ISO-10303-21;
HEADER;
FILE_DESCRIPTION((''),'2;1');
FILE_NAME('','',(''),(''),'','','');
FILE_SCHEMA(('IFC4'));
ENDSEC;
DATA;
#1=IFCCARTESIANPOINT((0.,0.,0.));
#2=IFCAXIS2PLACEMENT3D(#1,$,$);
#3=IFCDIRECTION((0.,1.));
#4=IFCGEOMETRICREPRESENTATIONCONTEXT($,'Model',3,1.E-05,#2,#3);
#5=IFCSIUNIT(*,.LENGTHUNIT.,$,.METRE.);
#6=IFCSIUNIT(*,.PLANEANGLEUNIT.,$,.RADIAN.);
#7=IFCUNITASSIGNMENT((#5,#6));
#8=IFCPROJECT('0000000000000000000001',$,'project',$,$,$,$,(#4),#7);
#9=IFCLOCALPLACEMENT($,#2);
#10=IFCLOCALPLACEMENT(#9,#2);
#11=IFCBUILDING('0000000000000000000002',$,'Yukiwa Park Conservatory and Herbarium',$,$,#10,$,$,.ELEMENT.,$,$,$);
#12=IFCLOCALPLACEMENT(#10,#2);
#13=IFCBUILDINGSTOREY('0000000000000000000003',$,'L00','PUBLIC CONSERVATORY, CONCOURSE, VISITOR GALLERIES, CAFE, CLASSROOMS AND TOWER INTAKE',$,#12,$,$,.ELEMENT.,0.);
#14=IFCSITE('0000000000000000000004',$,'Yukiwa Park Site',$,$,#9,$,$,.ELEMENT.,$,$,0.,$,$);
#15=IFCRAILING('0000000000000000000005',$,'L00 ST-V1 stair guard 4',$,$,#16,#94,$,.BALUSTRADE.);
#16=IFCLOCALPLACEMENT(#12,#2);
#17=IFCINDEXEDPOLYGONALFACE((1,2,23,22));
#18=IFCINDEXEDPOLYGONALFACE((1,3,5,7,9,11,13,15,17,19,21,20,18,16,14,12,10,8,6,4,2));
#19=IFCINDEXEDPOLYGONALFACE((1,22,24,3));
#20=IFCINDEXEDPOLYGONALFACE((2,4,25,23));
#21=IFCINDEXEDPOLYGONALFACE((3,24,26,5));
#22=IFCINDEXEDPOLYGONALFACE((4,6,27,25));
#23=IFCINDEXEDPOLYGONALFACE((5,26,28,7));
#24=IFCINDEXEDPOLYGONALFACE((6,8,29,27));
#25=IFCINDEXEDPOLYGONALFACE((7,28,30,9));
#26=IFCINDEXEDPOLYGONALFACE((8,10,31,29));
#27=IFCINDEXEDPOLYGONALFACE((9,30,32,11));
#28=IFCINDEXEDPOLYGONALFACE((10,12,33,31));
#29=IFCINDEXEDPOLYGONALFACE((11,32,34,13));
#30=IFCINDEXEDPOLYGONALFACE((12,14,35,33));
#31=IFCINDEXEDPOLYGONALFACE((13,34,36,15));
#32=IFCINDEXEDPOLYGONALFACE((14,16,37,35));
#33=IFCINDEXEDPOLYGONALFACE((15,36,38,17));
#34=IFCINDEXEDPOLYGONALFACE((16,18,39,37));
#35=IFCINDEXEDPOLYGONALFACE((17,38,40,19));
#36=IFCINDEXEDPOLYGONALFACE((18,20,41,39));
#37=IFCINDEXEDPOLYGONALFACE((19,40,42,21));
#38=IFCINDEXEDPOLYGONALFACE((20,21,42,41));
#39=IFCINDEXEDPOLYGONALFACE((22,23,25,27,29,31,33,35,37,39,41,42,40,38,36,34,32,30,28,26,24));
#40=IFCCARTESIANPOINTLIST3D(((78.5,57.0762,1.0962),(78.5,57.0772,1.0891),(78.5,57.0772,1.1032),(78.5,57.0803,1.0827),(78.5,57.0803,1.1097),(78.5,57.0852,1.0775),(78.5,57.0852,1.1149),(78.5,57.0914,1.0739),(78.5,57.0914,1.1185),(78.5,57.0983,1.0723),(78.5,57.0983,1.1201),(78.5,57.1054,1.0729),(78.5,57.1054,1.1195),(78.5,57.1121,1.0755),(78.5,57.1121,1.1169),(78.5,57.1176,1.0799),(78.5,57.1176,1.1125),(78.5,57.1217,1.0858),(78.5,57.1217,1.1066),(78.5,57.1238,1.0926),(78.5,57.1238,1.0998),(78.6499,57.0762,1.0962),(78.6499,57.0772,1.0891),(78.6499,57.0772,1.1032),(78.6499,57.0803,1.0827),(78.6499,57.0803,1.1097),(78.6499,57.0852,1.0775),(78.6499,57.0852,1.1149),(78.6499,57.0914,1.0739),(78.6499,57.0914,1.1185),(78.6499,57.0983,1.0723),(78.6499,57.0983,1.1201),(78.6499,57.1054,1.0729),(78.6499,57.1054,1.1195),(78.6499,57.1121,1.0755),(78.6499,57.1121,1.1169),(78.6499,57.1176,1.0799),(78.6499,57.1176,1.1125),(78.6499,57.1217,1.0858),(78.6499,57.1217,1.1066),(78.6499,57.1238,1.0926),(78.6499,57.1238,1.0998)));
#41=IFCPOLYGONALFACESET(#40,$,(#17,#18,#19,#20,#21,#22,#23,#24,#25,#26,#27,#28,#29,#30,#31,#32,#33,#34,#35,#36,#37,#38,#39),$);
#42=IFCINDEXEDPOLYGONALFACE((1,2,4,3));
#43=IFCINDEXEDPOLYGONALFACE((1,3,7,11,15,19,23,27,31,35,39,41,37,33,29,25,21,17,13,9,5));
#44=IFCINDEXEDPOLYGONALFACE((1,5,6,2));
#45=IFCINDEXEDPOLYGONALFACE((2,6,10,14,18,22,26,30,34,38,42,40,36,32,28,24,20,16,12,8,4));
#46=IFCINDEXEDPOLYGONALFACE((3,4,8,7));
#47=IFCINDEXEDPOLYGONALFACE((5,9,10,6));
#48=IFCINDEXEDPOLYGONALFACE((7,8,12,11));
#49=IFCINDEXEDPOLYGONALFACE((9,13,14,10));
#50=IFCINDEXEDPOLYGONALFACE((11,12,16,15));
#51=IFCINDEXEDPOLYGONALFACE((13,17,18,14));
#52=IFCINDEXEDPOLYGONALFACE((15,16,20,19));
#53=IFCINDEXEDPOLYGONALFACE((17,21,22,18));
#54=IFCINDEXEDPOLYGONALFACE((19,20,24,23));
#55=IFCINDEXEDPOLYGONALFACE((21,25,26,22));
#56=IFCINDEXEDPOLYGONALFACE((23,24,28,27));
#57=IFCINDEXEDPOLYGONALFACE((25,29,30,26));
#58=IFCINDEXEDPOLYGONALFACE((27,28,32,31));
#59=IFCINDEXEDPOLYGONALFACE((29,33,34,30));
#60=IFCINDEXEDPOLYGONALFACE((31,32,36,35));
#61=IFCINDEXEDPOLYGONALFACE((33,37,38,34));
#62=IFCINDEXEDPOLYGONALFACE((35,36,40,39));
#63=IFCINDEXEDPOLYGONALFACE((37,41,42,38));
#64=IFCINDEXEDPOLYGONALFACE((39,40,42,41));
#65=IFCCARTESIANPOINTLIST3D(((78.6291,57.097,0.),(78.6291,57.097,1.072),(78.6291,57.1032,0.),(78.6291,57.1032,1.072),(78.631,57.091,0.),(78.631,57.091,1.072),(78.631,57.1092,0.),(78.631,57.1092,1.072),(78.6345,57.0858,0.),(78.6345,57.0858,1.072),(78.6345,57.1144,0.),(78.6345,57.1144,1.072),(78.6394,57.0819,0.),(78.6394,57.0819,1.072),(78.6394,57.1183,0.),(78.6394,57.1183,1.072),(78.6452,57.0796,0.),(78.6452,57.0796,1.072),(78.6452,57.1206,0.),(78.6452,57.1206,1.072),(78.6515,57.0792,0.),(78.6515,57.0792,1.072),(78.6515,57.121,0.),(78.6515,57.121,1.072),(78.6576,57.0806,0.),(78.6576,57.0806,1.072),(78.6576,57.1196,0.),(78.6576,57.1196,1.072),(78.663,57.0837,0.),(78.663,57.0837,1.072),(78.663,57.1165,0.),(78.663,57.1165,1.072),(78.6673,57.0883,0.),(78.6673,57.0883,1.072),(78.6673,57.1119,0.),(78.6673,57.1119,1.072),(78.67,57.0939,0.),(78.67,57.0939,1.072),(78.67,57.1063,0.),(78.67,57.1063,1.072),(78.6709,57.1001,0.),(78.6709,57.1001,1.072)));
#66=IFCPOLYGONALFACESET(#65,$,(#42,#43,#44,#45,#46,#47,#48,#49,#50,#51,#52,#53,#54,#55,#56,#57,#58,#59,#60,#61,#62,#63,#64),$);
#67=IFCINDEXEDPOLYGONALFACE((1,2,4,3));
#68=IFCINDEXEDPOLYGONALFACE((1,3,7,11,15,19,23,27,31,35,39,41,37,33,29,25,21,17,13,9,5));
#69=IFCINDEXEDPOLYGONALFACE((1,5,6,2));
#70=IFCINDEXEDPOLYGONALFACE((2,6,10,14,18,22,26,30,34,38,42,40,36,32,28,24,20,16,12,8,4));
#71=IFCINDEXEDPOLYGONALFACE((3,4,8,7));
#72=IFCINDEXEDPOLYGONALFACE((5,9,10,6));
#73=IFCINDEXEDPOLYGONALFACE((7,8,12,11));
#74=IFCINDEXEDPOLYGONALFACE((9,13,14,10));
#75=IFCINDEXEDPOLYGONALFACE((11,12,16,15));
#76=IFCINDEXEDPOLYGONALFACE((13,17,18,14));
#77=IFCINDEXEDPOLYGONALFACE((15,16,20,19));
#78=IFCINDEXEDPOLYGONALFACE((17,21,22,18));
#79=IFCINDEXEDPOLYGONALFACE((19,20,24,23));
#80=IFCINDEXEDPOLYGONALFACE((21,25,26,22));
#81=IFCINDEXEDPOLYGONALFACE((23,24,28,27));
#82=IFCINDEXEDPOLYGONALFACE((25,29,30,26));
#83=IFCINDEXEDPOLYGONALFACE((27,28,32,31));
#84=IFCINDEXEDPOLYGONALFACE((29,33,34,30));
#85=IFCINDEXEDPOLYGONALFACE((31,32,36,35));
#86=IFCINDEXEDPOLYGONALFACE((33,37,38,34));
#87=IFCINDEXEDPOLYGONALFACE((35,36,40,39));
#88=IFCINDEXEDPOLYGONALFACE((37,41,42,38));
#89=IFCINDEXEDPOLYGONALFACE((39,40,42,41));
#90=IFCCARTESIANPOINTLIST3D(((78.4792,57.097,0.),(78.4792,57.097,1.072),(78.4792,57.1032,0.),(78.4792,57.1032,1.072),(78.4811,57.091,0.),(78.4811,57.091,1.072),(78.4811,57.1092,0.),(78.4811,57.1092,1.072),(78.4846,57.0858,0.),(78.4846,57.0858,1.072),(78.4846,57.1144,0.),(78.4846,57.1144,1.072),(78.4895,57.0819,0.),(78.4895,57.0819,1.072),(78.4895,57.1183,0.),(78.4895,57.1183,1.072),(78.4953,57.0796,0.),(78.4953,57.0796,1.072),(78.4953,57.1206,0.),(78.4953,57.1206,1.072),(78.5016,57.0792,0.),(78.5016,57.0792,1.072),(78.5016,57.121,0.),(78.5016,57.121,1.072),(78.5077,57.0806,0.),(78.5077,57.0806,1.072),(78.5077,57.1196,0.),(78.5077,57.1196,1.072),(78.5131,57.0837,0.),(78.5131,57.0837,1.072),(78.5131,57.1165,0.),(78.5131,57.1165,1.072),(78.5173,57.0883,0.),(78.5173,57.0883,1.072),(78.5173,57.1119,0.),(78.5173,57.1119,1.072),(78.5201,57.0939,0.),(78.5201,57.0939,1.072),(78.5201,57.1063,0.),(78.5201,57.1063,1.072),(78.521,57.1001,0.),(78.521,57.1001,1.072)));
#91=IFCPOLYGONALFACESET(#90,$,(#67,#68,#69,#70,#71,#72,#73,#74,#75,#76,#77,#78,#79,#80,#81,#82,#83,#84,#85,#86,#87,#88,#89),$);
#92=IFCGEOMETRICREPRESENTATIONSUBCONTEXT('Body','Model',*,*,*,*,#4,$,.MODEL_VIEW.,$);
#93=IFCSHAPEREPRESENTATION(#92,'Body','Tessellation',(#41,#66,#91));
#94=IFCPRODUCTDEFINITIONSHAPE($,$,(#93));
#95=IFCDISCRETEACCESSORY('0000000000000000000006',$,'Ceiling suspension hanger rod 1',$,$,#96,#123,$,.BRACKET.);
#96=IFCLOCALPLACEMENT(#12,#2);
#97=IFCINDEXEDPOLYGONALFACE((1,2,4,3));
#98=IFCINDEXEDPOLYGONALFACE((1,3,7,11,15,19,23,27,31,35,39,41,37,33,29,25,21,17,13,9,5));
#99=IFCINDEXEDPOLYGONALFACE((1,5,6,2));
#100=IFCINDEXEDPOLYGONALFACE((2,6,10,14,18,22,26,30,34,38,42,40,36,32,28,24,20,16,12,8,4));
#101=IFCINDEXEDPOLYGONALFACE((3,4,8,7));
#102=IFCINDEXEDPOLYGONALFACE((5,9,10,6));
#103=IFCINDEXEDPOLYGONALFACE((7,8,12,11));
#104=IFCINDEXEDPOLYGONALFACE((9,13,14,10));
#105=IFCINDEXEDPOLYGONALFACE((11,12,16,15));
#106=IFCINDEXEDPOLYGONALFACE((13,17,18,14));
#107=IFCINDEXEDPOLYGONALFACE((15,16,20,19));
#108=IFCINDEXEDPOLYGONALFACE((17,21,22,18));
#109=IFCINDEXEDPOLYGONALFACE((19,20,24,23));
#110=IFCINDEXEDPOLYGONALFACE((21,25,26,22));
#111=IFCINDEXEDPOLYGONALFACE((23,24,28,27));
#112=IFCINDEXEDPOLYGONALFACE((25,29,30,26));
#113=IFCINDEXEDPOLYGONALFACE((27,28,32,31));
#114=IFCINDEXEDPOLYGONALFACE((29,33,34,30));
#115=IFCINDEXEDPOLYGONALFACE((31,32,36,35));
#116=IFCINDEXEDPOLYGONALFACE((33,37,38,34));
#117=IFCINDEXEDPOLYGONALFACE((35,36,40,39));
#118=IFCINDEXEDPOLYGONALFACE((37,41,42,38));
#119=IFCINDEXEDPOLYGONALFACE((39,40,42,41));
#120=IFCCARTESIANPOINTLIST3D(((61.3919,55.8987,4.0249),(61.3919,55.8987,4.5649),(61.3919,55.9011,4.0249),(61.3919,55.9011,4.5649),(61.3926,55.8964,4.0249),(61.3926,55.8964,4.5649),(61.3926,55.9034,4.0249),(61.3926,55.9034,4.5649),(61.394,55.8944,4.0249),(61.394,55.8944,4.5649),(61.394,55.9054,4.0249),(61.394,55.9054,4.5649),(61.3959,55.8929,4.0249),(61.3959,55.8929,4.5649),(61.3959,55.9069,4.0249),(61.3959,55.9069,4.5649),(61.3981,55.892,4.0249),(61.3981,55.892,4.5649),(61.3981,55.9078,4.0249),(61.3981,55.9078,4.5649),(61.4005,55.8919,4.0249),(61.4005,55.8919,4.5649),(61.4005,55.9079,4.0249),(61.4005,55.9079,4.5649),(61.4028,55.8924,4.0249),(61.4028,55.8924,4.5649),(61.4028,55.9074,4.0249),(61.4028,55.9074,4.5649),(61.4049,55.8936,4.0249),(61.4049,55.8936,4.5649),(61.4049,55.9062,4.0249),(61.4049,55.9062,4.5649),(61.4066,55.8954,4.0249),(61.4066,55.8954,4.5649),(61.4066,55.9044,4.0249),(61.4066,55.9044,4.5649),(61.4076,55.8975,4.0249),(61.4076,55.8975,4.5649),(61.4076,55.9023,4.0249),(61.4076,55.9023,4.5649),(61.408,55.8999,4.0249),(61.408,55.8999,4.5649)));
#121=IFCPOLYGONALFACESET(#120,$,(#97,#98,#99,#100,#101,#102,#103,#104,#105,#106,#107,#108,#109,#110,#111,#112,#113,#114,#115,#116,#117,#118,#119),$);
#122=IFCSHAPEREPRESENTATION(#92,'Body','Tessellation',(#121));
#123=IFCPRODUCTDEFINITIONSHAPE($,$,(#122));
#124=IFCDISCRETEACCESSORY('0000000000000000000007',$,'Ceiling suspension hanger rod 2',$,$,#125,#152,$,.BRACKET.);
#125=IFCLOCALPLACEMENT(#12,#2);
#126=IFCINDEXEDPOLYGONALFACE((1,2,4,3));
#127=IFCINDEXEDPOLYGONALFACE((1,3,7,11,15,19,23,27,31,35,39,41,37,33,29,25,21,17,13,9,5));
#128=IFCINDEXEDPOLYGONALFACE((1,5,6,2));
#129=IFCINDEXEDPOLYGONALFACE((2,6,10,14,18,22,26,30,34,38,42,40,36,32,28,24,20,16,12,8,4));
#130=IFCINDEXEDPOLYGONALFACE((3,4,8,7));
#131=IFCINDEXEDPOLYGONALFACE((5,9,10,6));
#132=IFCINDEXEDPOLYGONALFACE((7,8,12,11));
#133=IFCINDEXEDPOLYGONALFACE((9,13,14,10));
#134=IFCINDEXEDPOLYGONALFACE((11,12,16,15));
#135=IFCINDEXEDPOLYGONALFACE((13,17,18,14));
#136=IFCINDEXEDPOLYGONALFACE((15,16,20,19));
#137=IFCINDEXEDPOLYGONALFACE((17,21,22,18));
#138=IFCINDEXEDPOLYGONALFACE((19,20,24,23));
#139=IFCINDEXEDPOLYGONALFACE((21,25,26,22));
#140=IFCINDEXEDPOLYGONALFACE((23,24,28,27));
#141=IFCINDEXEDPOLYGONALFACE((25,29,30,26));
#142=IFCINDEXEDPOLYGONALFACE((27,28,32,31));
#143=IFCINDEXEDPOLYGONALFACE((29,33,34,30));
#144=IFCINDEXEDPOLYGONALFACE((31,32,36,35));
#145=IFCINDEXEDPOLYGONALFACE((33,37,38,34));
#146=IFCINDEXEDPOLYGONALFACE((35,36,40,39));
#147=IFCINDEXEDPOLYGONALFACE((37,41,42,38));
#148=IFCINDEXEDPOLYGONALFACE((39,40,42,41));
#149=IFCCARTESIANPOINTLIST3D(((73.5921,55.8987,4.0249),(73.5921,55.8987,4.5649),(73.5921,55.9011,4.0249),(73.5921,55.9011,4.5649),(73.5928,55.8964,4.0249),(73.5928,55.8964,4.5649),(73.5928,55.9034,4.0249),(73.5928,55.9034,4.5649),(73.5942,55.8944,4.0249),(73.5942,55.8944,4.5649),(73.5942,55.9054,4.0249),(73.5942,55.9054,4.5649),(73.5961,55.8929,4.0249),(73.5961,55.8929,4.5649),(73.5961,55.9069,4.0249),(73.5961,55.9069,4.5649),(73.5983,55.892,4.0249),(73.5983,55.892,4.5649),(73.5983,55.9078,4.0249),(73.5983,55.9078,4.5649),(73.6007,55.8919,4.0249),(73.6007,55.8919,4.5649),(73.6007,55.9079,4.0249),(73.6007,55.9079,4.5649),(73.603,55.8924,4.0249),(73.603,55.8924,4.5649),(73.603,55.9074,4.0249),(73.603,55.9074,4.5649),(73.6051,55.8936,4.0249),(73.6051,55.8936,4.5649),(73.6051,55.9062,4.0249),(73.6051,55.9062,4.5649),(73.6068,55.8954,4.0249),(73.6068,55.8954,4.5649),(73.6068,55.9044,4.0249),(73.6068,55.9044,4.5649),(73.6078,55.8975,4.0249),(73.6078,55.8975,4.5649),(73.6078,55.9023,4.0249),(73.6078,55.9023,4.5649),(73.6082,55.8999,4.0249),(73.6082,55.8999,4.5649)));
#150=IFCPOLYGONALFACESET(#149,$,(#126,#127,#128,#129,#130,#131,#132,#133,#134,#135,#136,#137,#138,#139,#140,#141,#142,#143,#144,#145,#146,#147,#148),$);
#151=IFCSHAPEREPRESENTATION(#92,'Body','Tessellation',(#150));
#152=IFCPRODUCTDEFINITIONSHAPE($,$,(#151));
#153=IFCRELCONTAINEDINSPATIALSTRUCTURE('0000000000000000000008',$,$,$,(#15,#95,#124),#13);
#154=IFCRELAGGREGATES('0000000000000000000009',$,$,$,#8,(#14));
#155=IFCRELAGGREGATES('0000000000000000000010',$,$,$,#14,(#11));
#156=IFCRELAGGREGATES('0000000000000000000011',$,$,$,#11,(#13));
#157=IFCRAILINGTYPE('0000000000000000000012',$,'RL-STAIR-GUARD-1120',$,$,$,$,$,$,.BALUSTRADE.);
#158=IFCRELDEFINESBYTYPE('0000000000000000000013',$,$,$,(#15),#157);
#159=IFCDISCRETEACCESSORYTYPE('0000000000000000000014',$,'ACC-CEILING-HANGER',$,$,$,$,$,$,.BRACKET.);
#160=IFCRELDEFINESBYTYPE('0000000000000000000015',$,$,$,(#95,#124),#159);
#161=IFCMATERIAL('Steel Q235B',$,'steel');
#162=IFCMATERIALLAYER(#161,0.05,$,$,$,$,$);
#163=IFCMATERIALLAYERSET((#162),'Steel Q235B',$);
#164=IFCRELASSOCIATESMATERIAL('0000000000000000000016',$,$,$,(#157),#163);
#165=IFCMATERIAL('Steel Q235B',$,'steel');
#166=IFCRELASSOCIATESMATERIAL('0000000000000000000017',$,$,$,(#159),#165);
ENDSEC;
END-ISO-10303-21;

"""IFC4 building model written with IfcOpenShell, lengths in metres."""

from ifc_helpers import new_model, si_unit, direction, frame, origin, origin_2d, place, context, subcontext, project, spatial, circle, extrude, material, layer, layer_set, type_object, element, save


model = new_model("IFC4")

# Units and contexts
model_context = context("Model", 3, precision=1e-05, world=origin(), true_north=direction((0.0, 1.0)))
body_context = subcontext(model_context, "Body", "Model", "MODEL_VIEW")
ifc_project = project(units=[si_unit("LENGTHUNIT", "METRE"), si_unit("PLANEANGLEUNIT", "RADIAN")], contexts=[model_context])

# Site, building, storey
site_placement = place(None, origin())
site = spatial("IfcSite", under=ifc_project, at=site_placement, Name="Yukiwa Park Site", CompositionType="ELEMENT", RefElevation=0.0)
building_placement = place(site_placement, origin())
building = spatial("IfcBuilding", under=site, at=building_placement, Name="Yukiwa Park Conservatory and Herbarium", CompositionType="ELEMENT")
storey_placement = place(building_placement, origin())
storey = spatial("IfcBuildingStorey", under=building, at=storey_placement, Name="L00", Description="PUBLIC CONSERVATORY, CONCOURSE, VISITOR GALLERIES, CAFE, CLASSROOMS AND TOWER INTAKE", CompositionType="ELEMENT", Elevation=0.0)

# Railing
ifc_material_1 = material(Name="Steel Q235B", Category="steel")
ifc_layer_1 = layer(ifc_material_1, 0.05)
ifc_layer_set_1 = layer_set([ifc_layer_1], Name="Steel Q235B")
railing_type = type_object("IfcRailingType", Name="RL-STAIR-GUARD-1120", PredefinedType="BALUSTRADE", material=ifc_layer_set_1)
railing_1_placement = place(storey_placement, frame((78.6499, 57.1001, 0.0)))
element("IfcRailing", 1, at=railing_1_placement, inside=storey, type_object=railing_type, Name="L00 ST-V1 stair guard 4", PredefinedType="BALUSTRADE", context=body_context, shape_type="SweptSolid", body=[
    extrude(circle(Radius=0.0239, at=origin_2d()), frame((0.0, 0.0, 1.0962), z_axis=(-1.0, 0.0, 0.0), x_axis=(0.0, -1.0, 0.0)), (0.0, 0.0, 1.0), 0.1499),
    extrude(circle(Radius=0.021, at=origin_2d()), origin(), (0.0, 0.0, 1.0), 1.072),
    extrude(circle(Radius=0.021, at=origin_2d()), frame((-0.1499, 0.0, 0.0)), (0.0, 0.0, 1.0), 1.072),
])

# Discrete accessories
ifc_material_2 = material(Name="Steel Q235B", Category="steel")
discrete_accessory_type = type_object("IfcDiscreteAccessoryType", Name="ACC-CEILING-HANGER", PredefinedType="BRACKET", material=ifc_material_2)
for number, where, z_axis, x_axis, name in (
    (2, (61.3999, 55.8999, 4.0249), (0.0, 0.0, 1.0), (1.0, 0.0, 0.0), "Ceiling suspension hanger rod 1"),
    (3, (73.6001, 55.8999, 4.0249), (0.0, 0.0, 1.0), (1.0, 0.0, 0.0), "Ceiling suspension hanger rod 2"),
):
    element("IfcDiscreteAccessory", number, at=place(storey_placement, frame(where, z_axis=z_axis, x_axis=x_axis)), inside=storey, type_object=discrete_accessory_type, Name=name, PredefinedType="BRACKET", context=body_context, shape_type="SweptSolid", body=[
        extrude(circle(Radius=0.0081, at=origin_2d()), origin(), (0.0, 0.0, 1.0), 0.54),
    ])

save(model, "model.ifc")
